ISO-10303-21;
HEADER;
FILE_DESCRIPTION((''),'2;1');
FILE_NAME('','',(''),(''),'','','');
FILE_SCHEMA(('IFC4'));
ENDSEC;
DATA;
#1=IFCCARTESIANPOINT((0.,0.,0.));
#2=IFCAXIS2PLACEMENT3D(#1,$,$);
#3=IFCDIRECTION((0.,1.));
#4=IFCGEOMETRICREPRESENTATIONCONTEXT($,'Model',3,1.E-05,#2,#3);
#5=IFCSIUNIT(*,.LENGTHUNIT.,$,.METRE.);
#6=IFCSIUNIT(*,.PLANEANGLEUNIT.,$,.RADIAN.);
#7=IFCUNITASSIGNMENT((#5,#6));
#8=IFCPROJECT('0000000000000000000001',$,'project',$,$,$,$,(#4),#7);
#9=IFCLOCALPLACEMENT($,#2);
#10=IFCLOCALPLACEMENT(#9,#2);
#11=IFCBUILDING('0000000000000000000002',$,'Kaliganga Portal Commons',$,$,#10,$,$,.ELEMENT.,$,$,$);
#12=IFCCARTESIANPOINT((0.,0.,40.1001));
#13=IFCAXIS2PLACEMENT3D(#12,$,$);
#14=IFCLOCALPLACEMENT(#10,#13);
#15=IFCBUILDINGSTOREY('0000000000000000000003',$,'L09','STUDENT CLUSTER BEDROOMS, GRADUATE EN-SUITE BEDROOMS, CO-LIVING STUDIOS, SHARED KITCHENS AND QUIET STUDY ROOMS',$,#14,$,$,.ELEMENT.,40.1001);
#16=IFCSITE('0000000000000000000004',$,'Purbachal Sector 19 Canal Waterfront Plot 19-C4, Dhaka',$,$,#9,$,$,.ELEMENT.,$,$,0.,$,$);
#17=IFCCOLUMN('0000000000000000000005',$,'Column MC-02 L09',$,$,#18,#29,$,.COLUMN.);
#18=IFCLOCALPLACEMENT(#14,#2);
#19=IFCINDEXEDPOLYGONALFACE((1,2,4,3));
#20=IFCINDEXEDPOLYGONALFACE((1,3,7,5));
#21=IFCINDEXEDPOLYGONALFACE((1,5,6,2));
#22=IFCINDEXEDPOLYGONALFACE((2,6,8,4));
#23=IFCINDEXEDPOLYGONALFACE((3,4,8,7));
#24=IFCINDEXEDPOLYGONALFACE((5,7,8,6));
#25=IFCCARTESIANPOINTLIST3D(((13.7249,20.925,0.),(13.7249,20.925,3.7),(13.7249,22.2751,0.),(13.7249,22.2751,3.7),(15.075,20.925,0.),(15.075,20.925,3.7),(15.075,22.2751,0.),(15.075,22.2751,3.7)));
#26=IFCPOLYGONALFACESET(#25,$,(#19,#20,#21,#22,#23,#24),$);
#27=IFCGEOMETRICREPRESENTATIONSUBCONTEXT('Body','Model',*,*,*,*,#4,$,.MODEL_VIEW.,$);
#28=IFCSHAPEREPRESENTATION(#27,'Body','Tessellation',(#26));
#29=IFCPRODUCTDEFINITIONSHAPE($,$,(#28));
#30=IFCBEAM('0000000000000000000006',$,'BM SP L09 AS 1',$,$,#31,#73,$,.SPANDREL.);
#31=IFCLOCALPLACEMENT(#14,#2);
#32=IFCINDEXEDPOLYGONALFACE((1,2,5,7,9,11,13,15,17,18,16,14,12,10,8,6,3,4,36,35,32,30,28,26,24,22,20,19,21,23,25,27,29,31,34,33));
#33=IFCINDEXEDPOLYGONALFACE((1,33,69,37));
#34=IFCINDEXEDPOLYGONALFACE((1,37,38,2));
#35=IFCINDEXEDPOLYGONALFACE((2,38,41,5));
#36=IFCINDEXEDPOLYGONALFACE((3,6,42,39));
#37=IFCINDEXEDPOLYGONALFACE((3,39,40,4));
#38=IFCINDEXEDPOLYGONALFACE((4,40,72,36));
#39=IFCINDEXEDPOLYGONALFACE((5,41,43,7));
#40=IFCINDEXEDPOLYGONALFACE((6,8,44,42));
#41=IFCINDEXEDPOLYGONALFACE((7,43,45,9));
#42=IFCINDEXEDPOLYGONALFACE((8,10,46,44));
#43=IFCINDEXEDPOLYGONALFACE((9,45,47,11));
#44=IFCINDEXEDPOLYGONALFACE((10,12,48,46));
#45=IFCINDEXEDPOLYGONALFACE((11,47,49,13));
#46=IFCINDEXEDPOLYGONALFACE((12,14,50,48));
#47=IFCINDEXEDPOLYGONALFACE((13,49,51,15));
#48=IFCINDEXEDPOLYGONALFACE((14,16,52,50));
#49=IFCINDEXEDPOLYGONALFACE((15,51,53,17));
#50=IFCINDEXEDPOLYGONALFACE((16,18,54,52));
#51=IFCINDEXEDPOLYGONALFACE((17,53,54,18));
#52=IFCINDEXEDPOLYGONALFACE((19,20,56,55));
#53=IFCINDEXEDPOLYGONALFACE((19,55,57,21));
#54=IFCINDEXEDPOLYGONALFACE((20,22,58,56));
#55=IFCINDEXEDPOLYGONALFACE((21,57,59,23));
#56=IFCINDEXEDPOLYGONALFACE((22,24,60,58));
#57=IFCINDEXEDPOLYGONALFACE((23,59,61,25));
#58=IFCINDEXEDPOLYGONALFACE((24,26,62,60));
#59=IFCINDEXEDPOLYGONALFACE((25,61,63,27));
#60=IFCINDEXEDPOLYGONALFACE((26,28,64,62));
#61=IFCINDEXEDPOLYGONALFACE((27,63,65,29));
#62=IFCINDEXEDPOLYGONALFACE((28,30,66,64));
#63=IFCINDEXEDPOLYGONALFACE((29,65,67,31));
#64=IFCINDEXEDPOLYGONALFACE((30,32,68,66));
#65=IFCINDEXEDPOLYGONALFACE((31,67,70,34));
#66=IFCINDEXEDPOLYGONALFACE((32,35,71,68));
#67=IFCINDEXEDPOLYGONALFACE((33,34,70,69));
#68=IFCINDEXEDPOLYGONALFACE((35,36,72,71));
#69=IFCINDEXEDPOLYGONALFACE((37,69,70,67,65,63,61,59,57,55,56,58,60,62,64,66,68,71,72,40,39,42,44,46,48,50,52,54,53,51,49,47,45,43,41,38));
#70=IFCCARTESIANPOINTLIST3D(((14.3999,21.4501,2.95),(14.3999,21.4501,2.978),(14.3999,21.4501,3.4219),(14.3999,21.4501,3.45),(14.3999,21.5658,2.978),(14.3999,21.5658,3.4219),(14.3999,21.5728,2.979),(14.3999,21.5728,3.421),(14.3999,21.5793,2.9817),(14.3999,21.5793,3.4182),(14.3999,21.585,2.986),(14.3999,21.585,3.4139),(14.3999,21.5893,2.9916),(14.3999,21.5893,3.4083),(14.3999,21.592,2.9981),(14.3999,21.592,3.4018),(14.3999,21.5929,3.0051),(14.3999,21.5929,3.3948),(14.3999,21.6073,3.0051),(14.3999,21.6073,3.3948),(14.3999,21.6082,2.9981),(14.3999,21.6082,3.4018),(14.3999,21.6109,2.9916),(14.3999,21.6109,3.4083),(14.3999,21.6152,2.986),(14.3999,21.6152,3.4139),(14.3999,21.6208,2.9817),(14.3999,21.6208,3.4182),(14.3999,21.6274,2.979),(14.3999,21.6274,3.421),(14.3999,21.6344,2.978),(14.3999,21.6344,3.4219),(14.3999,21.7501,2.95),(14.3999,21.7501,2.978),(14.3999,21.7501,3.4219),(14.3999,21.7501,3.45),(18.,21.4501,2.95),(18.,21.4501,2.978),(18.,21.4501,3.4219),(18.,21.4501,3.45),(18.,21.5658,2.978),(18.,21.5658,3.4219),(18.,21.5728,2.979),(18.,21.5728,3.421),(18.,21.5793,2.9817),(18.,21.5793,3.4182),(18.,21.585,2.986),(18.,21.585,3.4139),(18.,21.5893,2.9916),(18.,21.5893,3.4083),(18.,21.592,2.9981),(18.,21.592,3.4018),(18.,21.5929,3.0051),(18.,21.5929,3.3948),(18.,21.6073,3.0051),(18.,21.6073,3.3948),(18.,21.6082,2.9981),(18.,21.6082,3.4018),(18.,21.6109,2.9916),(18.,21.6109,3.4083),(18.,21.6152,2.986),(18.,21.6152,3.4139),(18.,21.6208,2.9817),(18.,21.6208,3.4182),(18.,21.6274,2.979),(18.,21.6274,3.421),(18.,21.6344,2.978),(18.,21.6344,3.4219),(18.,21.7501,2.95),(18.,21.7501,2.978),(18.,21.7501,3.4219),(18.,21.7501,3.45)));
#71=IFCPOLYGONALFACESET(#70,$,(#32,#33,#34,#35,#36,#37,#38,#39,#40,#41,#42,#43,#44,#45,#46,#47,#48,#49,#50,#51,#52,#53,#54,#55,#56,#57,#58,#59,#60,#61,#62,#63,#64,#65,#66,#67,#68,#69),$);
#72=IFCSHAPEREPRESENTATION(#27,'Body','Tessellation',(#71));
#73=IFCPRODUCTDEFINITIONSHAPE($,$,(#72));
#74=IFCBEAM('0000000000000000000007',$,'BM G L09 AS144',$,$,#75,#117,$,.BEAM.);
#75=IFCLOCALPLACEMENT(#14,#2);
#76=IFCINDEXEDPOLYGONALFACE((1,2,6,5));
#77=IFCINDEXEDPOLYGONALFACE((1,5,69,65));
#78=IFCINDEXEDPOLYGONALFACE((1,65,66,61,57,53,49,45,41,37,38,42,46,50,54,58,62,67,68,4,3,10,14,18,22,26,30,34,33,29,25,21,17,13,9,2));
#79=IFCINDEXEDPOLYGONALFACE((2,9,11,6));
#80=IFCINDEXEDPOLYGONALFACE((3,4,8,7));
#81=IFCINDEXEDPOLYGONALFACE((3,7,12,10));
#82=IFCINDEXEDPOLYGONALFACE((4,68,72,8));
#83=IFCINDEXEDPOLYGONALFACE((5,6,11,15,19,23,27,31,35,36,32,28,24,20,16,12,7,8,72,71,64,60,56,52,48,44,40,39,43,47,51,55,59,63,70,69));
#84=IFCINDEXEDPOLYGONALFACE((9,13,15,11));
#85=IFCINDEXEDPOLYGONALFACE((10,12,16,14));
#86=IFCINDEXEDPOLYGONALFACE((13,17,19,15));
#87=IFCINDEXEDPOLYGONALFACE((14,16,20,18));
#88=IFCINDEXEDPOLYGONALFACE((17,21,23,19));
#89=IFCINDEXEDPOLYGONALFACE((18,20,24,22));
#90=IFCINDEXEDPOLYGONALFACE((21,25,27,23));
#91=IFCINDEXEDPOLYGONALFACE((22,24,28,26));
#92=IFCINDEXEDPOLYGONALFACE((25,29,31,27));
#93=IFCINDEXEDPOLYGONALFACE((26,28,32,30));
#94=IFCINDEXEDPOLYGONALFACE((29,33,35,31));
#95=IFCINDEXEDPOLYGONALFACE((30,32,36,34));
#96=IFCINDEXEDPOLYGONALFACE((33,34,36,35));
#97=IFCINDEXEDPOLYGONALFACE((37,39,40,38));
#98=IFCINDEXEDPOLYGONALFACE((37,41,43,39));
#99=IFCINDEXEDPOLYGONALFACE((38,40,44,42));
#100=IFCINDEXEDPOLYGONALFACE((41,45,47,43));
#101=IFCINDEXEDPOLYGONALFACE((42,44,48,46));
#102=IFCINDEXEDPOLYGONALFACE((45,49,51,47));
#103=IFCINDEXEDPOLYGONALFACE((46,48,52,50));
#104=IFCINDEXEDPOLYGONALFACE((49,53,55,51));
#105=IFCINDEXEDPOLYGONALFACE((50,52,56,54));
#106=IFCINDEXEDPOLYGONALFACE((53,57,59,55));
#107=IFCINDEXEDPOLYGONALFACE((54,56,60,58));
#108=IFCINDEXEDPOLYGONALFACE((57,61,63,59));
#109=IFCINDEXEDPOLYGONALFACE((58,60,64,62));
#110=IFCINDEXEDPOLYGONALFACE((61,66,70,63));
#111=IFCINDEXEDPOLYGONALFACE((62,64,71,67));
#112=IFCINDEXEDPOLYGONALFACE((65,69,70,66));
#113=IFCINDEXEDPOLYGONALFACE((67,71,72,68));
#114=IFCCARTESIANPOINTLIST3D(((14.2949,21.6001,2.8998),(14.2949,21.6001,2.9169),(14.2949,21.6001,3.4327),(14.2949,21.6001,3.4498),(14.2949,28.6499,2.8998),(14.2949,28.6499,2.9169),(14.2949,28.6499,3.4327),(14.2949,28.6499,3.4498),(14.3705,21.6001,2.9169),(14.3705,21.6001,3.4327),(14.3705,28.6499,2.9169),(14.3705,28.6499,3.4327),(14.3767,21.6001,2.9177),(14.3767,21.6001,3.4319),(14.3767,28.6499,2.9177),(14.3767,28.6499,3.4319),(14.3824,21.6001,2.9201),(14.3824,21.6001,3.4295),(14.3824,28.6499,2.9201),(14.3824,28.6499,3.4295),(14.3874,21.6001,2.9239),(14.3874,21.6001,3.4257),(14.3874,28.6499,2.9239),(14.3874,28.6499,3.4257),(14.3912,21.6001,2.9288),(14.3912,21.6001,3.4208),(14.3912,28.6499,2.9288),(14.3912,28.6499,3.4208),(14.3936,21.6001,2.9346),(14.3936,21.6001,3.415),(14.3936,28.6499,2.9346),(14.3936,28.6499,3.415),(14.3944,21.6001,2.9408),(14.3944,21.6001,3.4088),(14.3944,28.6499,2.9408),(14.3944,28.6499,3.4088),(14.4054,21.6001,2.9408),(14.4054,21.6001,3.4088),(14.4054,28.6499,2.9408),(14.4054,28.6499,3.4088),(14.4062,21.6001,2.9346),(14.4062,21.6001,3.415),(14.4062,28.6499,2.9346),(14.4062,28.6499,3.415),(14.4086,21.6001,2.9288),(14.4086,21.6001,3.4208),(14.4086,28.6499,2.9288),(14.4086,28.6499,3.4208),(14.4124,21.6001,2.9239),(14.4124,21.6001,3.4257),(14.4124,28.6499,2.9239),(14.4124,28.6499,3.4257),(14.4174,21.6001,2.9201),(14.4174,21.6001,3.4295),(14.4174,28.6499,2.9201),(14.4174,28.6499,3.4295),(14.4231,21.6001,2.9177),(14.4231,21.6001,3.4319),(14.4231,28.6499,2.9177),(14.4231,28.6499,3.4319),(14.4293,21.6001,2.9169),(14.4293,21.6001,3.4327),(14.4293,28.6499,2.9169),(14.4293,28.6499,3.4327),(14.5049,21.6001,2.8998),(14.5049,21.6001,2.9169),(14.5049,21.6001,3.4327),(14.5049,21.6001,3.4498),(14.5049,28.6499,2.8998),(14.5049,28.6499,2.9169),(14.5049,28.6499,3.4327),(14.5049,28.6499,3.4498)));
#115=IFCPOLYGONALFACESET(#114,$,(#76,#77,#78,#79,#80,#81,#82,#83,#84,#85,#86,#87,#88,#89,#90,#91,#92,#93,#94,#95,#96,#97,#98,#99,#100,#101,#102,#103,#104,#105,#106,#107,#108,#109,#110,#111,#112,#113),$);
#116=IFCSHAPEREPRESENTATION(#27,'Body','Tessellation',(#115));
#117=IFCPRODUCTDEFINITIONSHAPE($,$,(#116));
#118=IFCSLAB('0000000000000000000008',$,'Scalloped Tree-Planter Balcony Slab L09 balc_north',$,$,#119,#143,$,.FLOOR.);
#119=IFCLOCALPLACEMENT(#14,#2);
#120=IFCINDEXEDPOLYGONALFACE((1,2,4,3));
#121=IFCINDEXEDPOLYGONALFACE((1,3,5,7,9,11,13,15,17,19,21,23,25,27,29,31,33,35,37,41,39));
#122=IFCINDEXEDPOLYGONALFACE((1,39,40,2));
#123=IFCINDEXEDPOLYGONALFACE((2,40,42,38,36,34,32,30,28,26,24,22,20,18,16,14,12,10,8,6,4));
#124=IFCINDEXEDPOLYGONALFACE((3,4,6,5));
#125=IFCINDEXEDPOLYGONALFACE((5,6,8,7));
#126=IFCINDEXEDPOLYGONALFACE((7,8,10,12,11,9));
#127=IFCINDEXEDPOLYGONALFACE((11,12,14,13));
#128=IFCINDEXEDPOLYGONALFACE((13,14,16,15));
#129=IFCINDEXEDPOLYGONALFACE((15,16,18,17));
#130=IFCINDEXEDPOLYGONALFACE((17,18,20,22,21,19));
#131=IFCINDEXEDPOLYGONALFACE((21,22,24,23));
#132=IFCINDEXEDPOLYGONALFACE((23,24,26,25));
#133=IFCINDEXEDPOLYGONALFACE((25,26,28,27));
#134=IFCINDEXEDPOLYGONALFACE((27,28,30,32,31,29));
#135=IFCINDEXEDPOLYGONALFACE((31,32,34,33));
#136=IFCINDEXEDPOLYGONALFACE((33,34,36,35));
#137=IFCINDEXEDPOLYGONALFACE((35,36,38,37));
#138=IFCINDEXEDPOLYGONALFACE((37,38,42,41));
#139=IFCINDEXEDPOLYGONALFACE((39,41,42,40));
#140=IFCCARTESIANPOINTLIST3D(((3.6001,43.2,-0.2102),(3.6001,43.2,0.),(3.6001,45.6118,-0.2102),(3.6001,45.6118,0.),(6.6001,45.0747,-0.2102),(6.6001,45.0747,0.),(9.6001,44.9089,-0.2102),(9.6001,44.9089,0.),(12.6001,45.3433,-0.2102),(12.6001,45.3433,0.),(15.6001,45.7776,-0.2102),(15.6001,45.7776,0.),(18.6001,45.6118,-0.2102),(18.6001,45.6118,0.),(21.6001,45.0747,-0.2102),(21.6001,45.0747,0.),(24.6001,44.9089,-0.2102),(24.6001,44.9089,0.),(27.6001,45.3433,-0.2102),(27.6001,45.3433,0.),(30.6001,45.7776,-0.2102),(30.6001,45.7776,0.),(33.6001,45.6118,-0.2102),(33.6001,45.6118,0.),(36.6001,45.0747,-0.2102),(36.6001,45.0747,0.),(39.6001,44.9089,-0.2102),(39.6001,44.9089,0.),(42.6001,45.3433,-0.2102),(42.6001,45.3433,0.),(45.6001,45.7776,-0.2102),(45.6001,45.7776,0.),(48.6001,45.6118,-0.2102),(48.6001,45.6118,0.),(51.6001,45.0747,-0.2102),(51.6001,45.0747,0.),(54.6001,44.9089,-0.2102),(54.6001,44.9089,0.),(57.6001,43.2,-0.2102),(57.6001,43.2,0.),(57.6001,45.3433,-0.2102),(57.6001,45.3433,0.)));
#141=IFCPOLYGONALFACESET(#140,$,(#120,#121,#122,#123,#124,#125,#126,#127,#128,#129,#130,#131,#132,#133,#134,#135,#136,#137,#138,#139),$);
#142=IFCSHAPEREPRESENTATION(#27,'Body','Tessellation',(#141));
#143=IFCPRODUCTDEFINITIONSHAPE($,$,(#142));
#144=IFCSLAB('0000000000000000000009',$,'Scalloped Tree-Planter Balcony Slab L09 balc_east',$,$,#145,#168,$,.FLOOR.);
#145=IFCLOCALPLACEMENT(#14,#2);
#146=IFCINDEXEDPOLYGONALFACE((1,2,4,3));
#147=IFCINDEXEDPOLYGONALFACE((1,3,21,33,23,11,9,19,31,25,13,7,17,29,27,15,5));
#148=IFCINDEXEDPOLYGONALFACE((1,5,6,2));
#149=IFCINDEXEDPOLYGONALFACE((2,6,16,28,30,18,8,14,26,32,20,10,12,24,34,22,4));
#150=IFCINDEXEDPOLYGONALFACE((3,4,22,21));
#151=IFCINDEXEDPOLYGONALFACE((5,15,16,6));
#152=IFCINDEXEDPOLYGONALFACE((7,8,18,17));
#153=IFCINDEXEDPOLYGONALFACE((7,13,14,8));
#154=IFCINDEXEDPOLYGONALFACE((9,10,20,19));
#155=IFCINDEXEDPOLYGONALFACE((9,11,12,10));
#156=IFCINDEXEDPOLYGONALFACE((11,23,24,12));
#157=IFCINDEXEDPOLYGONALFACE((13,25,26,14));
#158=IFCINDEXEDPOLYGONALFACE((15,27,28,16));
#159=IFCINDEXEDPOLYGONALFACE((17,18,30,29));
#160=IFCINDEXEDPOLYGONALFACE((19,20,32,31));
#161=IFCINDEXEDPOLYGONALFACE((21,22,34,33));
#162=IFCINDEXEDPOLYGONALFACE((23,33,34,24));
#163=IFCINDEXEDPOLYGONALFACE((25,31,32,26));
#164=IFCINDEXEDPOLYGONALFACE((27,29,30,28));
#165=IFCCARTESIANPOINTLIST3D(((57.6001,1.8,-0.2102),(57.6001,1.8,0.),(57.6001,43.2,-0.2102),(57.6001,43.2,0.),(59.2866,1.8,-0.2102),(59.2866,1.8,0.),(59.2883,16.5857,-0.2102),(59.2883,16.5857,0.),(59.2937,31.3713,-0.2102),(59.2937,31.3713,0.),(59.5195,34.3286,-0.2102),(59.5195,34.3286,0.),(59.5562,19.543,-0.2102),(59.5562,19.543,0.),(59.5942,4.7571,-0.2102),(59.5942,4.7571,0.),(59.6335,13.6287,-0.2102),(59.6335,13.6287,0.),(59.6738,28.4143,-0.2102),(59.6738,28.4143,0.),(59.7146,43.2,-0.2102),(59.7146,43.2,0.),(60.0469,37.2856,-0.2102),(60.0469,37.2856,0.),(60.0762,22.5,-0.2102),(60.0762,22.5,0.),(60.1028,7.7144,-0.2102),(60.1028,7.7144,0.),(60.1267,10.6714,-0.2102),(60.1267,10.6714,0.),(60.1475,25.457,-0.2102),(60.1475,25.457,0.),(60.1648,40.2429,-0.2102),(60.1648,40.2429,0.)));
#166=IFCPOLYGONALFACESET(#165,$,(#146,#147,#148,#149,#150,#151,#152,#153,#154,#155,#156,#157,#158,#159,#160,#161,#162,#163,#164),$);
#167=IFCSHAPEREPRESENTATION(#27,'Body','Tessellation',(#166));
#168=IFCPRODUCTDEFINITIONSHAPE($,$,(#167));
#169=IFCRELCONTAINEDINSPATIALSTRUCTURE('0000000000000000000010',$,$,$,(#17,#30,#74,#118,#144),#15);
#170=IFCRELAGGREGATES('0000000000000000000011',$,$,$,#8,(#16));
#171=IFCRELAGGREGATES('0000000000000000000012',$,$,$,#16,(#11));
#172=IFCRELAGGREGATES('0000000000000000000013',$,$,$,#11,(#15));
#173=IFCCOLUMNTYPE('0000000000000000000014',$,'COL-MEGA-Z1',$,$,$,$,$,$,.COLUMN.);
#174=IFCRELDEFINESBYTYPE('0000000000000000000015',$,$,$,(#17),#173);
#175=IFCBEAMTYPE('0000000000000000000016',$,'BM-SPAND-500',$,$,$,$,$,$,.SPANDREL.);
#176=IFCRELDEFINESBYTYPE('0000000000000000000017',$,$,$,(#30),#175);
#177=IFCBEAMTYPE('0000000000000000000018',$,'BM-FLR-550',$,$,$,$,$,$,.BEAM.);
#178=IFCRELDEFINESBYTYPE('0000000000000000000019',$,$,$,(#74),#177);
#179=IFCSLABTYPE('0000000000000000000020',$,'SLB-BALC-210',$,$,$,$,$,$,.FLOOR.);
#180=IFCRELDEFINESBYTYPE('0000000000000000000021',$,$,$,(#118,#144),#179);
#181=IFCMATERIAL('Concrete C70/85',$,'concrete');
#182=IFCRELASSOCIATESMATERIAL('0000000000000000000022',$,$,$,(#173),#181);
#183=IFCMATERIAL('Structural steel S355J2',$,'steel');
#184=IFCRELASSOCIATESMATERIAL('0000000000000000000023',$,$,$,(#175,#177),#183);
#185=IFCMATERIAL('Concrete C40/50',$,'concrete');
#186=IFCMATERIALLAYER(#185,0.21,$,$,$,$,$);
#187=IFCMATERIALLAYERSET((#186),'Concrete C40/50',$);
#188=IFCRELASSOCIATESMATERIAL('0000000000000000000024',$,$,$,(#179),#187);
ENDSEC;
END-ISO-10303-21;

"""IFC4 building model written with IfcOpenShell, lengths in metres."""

from ifc_helpers import new_model, si_unit, direction, frame, origin, origin_2d, place, context, subcontext, project, spatial, polyline, rectangle, i_section, outline, extrude, source, transform, mapped, material, layer, layer_set, material_profile, profile_set, type_object, element, save


model = new_model("IFC4")

# Units and contexts
model_context = context("Model", 3, precision=1e-05, world=origin(), true_north=direction((0.0, 1.0)))
body_context = subcontext(model_context, "Body", "Model", "MODEL_VIEW")
ifc_project = project(units=[si_unit("LENGTHUNIT", "METRE"), si_unit("PLANEANGLEUNIT", "RADIAN")], contexts=[model_context])

# Site, building, storey
site_placement = place(None, origin())
site = spatial("IfcSite", under=ifc_project, at=site_placement, Name="Purbachal Sector 19 Canal Waterfront Plot 19-C4, Dhaka", CompositionType="ELEMENT", RefElevation=0.0)
building_placement = place(site_placement, origin())
building = spatial("IfcBuilding", under=site, at=building_placement, Name="Kaliganga Portal Commons", CompositionType="ELEMENT")
storey_placement = place(building_placement, frame((0.0, 0.0, 40.1001)))
storey = spatial("IfcBuildingStorey", under=building, at=storey_placement, Name="L09", Description="STUDENT CLUSTER BEDROOMS, GRADUATE EN-SUITE BEDROOMS, CO-LIVING STUDIOS, SHARED KITCHENS AND QUIET STUDY ROOMS", CompositionType="ELEMENT", Elevation=40.1001)

# Column
ifc_material_1 = material(Name="Concrete C70/85", Category="concrete")
ifc_material_profile_1 = material_profile(ifc_material_1, rectangle(XDim=1.3501, YDim=1.3501, at=origin_2d()), Name="RC 1350x1350")
ifc_profile_set_1 = profile_set([ifc_material_profile_1], Name="Concrete C70/85")
column_type = type_object("IfcColumnType", Name="COL-MEGA-Z1", PredefinedType="COLUMN", material=ifc_profile_set_1)
shared_shape_1 = source(origin(), body_context, "Body", "SweptSolid", [
    extrude(rectangle(XDim=1.3501, YDim=1.3501, at=origin_2d()), origin(), (0.0, 0.0, 1.0), 3.7),
])
column_placement = place(storey_placement, frame((14.3999, 21.6001, 0.0), z_axis=(0.0, 0.0, 1.0), x_axis=(1.0, 0.0, 0.0)))
element("IfcColumn", 1, at=column_placement, inside=storey, type_object=column_type, Name="Column MC-02 L09", PredefinedType="COLUMN", context=body_context, shape_type="MappedRepresentation", body=[
    mapped(shared_shape_1, transform((0.0, 0.0, 0.0), x_axis=(1.0, 0.0, 0.0), y_axis=(0.0, 1.0, 0.0), z_axis=(0.0, 0.0, 1.0), scale=1.0)),
])

# Beams
ifc_material_2 = material(Name="Structural steel S355J2", Category="steel")
ifc_material_profile_2 = material_profile(ifc_material_2, i_section(OverallWidth=0.3, OverallDepth=0.5, WebThickness=0.0144, FlangeThickness=0.0281, FilletRadius=0.0271, at=origin_2d()), Name="HE 500 B")
ifc_profile_set_2 = profile_set([ifc_material_profile_2], Name="Structural steel S355J2 wide-flange")
beam_type_1 = type_object("IfcBeamType", Name="BM-SPAND-500", PredefinedType="SPANDREL", material=ifc_profile_set_2)
shared_shape_2 = source(origin(), body_context, "Body", "SweptSolid", [
    extrude(i_section(OverallWidth=0.3, OverallDepth=0.5, WebThickness=0.0144, FlangeThickness=0.0281, FilletRadius=0.0271, at=origin_2d()), origin(), (0.0, 0.0, 1.0), 3.6001),
])
beam_1_placement = place(storey_placement, frame((14.3999, 21.6001, 3.2), z_axis=(1.0, 0.0, 0.0), x_axis=(0.0, 1.0, 0.0)))
element("IfcBeam", 2, at=beam_1_placement, inside=storey, type_object=beam_type_1, Name="BM SP L09 AS 1", PredefinedType="SPANDREL", context=body_context, shape_type="MappedRepresentation", body=[
    mapped(shared_shape_2, transform((0.0, 0.0, 0.0), x_axis=(1.0, 0.0, 0.0), y_axis=(0.0, 1.0, 0.0), z_axis=(0.0, 0.0, 1.0), scale=1.0)),
])
ifc_material_profile_3 = material_profile(ifc_material_2, i_section(OverallWidth=0.21, OverallDepth=0.55, WebThickness=0.011, FlangeThickness=0.0171, FilletRadius=0.0239, at=origin_2d()), Name="IPE 550")
ifc_profile_set_3 = profile_set([ifc_material_profile_3], Name="Structural steel S355J2 wide-flange")
beam_type_2 = type_object("IfcBeamType", Name="BM-FLR-550", PredefinedType="BEAM", material=ifc_profile_set_3)
shared_shape_3 = source(origin(), body_context, "Body", "SweptSolid", [
    extrude(i_section(OverallWidth=0.21, OverallDepth=0.55, WebThickness=0.011, FlangeThickness=0.0171, FilletRadius=0.0239, at=origin_2d()), origin(), (0.0, 0.0, 1.0), 7.0498),
])
beam_2_placement = place(storey_placement, frame((14.3999, 21.6001, 3.1748), z_axis=(0.0, 1.0, 0.0), x_axis=(-1.0, 0.0, 0.0)))
element("IfcBeam", 3, at=beam_2_placement, inside=storey, type_object=beam_type_2, Name="BM G L09 AS144", PredefinedType="BEAM", context=body_context, shape_type="MappedRepresentation", body=[
    mapped(shared_shape_3, transform((0.0, 0.0, 0.0), x_axis=(1.0, 0.0, 0.0), y_axis=(0.0, 1.0, 0.0), z_axis=(0.0, 0.0, 1.0), scale=1.0)),
])

# Slabs
ifc_material_3 = material(Name="Concrete C40/50", Category="concrete")
ifc_layer_1 = layer(ifc_material_3, 0.21)
ifc_layer_set_1 = layer_set([ifc_layer_1], Name="Concrete C40/50")
slab_type_1 = type_object("IfcSlabType", Name="SLB-BALC-210", PredefinedType="FLOOR", material=ifc_layer_set_1)
slab_1_placement = place(storey_placement, frame((0.0, 0.0, -0.2102)))
element("IfcSlab", 4, at=slab_1_placement, inside=storey, type_object=slab_type_1, Name="Scalloped Tree-Planter Balcony Slab L09 balc_north", PredefinedType="FLOOR", context=body_context, shape_type="SweptSolid", body=[
    extrude(outline(polyline([(57.6001, 43.2), (57.6001, 45.3433), (54.6001, 44.9089), (51.6001, 45.0747), (48.6001, 45.6118), (45.6001, 45.7776), (42.6001, 45.3433), (39.6001, 44.9089), (36.6001, 45.0747), (33.6001, 45.6118), (30.6001, 45.7776), (27.6001, 45.3433), (24.6001, 44.9089), (21.6001, 45.0747), (18.6001, 45.6118), (15.6001, 45.7776), (12.6001, 45.3433), (9.6001, 44.9089), (6.6001, 45.0747), (3.6001, 45.6118), (3.6001, 43.2), (57.6001, 43.2)])), origin(), (0.0, 0.0, 1.0), 0.2102),
])
slab_2_placement = place(storey_placement, frame((0.0, 0.0, -0.2102)))
element("IfcSlab", 5, at=slab_2_placement, inside=storey, type_object=slab_type_1, Name="Scalloped Tree-Planter Balcony Slab L09 balc_east", PredefinedType="FLOOR", context=body_context, shape_type="SweptSolid", body=[
    extrude(outline(polyline([(57.6001, 1.8), (59.2866, 1.8), (59.5942, 4.7571), (60.1028, 7.7144), (60.1267, 10.6714), (59.6335, 13.6287), (59.2883, 16.5857), (59.5562, 19.543), (60.0762, 22.5), (60.1475, 25.457), (59.6738, 28.4143), (59.2937, 31.3713), (59.5195, 34.3286), (60.0469, 37.2856), (60.1648, 40.2429), (59.7146, 43.2), (57.6001, 43.2), (57.6001, 1.8)])), origin(), (0.0, 0.0, 1.0), 0.2102),
])

save(model, "model.ifc")
